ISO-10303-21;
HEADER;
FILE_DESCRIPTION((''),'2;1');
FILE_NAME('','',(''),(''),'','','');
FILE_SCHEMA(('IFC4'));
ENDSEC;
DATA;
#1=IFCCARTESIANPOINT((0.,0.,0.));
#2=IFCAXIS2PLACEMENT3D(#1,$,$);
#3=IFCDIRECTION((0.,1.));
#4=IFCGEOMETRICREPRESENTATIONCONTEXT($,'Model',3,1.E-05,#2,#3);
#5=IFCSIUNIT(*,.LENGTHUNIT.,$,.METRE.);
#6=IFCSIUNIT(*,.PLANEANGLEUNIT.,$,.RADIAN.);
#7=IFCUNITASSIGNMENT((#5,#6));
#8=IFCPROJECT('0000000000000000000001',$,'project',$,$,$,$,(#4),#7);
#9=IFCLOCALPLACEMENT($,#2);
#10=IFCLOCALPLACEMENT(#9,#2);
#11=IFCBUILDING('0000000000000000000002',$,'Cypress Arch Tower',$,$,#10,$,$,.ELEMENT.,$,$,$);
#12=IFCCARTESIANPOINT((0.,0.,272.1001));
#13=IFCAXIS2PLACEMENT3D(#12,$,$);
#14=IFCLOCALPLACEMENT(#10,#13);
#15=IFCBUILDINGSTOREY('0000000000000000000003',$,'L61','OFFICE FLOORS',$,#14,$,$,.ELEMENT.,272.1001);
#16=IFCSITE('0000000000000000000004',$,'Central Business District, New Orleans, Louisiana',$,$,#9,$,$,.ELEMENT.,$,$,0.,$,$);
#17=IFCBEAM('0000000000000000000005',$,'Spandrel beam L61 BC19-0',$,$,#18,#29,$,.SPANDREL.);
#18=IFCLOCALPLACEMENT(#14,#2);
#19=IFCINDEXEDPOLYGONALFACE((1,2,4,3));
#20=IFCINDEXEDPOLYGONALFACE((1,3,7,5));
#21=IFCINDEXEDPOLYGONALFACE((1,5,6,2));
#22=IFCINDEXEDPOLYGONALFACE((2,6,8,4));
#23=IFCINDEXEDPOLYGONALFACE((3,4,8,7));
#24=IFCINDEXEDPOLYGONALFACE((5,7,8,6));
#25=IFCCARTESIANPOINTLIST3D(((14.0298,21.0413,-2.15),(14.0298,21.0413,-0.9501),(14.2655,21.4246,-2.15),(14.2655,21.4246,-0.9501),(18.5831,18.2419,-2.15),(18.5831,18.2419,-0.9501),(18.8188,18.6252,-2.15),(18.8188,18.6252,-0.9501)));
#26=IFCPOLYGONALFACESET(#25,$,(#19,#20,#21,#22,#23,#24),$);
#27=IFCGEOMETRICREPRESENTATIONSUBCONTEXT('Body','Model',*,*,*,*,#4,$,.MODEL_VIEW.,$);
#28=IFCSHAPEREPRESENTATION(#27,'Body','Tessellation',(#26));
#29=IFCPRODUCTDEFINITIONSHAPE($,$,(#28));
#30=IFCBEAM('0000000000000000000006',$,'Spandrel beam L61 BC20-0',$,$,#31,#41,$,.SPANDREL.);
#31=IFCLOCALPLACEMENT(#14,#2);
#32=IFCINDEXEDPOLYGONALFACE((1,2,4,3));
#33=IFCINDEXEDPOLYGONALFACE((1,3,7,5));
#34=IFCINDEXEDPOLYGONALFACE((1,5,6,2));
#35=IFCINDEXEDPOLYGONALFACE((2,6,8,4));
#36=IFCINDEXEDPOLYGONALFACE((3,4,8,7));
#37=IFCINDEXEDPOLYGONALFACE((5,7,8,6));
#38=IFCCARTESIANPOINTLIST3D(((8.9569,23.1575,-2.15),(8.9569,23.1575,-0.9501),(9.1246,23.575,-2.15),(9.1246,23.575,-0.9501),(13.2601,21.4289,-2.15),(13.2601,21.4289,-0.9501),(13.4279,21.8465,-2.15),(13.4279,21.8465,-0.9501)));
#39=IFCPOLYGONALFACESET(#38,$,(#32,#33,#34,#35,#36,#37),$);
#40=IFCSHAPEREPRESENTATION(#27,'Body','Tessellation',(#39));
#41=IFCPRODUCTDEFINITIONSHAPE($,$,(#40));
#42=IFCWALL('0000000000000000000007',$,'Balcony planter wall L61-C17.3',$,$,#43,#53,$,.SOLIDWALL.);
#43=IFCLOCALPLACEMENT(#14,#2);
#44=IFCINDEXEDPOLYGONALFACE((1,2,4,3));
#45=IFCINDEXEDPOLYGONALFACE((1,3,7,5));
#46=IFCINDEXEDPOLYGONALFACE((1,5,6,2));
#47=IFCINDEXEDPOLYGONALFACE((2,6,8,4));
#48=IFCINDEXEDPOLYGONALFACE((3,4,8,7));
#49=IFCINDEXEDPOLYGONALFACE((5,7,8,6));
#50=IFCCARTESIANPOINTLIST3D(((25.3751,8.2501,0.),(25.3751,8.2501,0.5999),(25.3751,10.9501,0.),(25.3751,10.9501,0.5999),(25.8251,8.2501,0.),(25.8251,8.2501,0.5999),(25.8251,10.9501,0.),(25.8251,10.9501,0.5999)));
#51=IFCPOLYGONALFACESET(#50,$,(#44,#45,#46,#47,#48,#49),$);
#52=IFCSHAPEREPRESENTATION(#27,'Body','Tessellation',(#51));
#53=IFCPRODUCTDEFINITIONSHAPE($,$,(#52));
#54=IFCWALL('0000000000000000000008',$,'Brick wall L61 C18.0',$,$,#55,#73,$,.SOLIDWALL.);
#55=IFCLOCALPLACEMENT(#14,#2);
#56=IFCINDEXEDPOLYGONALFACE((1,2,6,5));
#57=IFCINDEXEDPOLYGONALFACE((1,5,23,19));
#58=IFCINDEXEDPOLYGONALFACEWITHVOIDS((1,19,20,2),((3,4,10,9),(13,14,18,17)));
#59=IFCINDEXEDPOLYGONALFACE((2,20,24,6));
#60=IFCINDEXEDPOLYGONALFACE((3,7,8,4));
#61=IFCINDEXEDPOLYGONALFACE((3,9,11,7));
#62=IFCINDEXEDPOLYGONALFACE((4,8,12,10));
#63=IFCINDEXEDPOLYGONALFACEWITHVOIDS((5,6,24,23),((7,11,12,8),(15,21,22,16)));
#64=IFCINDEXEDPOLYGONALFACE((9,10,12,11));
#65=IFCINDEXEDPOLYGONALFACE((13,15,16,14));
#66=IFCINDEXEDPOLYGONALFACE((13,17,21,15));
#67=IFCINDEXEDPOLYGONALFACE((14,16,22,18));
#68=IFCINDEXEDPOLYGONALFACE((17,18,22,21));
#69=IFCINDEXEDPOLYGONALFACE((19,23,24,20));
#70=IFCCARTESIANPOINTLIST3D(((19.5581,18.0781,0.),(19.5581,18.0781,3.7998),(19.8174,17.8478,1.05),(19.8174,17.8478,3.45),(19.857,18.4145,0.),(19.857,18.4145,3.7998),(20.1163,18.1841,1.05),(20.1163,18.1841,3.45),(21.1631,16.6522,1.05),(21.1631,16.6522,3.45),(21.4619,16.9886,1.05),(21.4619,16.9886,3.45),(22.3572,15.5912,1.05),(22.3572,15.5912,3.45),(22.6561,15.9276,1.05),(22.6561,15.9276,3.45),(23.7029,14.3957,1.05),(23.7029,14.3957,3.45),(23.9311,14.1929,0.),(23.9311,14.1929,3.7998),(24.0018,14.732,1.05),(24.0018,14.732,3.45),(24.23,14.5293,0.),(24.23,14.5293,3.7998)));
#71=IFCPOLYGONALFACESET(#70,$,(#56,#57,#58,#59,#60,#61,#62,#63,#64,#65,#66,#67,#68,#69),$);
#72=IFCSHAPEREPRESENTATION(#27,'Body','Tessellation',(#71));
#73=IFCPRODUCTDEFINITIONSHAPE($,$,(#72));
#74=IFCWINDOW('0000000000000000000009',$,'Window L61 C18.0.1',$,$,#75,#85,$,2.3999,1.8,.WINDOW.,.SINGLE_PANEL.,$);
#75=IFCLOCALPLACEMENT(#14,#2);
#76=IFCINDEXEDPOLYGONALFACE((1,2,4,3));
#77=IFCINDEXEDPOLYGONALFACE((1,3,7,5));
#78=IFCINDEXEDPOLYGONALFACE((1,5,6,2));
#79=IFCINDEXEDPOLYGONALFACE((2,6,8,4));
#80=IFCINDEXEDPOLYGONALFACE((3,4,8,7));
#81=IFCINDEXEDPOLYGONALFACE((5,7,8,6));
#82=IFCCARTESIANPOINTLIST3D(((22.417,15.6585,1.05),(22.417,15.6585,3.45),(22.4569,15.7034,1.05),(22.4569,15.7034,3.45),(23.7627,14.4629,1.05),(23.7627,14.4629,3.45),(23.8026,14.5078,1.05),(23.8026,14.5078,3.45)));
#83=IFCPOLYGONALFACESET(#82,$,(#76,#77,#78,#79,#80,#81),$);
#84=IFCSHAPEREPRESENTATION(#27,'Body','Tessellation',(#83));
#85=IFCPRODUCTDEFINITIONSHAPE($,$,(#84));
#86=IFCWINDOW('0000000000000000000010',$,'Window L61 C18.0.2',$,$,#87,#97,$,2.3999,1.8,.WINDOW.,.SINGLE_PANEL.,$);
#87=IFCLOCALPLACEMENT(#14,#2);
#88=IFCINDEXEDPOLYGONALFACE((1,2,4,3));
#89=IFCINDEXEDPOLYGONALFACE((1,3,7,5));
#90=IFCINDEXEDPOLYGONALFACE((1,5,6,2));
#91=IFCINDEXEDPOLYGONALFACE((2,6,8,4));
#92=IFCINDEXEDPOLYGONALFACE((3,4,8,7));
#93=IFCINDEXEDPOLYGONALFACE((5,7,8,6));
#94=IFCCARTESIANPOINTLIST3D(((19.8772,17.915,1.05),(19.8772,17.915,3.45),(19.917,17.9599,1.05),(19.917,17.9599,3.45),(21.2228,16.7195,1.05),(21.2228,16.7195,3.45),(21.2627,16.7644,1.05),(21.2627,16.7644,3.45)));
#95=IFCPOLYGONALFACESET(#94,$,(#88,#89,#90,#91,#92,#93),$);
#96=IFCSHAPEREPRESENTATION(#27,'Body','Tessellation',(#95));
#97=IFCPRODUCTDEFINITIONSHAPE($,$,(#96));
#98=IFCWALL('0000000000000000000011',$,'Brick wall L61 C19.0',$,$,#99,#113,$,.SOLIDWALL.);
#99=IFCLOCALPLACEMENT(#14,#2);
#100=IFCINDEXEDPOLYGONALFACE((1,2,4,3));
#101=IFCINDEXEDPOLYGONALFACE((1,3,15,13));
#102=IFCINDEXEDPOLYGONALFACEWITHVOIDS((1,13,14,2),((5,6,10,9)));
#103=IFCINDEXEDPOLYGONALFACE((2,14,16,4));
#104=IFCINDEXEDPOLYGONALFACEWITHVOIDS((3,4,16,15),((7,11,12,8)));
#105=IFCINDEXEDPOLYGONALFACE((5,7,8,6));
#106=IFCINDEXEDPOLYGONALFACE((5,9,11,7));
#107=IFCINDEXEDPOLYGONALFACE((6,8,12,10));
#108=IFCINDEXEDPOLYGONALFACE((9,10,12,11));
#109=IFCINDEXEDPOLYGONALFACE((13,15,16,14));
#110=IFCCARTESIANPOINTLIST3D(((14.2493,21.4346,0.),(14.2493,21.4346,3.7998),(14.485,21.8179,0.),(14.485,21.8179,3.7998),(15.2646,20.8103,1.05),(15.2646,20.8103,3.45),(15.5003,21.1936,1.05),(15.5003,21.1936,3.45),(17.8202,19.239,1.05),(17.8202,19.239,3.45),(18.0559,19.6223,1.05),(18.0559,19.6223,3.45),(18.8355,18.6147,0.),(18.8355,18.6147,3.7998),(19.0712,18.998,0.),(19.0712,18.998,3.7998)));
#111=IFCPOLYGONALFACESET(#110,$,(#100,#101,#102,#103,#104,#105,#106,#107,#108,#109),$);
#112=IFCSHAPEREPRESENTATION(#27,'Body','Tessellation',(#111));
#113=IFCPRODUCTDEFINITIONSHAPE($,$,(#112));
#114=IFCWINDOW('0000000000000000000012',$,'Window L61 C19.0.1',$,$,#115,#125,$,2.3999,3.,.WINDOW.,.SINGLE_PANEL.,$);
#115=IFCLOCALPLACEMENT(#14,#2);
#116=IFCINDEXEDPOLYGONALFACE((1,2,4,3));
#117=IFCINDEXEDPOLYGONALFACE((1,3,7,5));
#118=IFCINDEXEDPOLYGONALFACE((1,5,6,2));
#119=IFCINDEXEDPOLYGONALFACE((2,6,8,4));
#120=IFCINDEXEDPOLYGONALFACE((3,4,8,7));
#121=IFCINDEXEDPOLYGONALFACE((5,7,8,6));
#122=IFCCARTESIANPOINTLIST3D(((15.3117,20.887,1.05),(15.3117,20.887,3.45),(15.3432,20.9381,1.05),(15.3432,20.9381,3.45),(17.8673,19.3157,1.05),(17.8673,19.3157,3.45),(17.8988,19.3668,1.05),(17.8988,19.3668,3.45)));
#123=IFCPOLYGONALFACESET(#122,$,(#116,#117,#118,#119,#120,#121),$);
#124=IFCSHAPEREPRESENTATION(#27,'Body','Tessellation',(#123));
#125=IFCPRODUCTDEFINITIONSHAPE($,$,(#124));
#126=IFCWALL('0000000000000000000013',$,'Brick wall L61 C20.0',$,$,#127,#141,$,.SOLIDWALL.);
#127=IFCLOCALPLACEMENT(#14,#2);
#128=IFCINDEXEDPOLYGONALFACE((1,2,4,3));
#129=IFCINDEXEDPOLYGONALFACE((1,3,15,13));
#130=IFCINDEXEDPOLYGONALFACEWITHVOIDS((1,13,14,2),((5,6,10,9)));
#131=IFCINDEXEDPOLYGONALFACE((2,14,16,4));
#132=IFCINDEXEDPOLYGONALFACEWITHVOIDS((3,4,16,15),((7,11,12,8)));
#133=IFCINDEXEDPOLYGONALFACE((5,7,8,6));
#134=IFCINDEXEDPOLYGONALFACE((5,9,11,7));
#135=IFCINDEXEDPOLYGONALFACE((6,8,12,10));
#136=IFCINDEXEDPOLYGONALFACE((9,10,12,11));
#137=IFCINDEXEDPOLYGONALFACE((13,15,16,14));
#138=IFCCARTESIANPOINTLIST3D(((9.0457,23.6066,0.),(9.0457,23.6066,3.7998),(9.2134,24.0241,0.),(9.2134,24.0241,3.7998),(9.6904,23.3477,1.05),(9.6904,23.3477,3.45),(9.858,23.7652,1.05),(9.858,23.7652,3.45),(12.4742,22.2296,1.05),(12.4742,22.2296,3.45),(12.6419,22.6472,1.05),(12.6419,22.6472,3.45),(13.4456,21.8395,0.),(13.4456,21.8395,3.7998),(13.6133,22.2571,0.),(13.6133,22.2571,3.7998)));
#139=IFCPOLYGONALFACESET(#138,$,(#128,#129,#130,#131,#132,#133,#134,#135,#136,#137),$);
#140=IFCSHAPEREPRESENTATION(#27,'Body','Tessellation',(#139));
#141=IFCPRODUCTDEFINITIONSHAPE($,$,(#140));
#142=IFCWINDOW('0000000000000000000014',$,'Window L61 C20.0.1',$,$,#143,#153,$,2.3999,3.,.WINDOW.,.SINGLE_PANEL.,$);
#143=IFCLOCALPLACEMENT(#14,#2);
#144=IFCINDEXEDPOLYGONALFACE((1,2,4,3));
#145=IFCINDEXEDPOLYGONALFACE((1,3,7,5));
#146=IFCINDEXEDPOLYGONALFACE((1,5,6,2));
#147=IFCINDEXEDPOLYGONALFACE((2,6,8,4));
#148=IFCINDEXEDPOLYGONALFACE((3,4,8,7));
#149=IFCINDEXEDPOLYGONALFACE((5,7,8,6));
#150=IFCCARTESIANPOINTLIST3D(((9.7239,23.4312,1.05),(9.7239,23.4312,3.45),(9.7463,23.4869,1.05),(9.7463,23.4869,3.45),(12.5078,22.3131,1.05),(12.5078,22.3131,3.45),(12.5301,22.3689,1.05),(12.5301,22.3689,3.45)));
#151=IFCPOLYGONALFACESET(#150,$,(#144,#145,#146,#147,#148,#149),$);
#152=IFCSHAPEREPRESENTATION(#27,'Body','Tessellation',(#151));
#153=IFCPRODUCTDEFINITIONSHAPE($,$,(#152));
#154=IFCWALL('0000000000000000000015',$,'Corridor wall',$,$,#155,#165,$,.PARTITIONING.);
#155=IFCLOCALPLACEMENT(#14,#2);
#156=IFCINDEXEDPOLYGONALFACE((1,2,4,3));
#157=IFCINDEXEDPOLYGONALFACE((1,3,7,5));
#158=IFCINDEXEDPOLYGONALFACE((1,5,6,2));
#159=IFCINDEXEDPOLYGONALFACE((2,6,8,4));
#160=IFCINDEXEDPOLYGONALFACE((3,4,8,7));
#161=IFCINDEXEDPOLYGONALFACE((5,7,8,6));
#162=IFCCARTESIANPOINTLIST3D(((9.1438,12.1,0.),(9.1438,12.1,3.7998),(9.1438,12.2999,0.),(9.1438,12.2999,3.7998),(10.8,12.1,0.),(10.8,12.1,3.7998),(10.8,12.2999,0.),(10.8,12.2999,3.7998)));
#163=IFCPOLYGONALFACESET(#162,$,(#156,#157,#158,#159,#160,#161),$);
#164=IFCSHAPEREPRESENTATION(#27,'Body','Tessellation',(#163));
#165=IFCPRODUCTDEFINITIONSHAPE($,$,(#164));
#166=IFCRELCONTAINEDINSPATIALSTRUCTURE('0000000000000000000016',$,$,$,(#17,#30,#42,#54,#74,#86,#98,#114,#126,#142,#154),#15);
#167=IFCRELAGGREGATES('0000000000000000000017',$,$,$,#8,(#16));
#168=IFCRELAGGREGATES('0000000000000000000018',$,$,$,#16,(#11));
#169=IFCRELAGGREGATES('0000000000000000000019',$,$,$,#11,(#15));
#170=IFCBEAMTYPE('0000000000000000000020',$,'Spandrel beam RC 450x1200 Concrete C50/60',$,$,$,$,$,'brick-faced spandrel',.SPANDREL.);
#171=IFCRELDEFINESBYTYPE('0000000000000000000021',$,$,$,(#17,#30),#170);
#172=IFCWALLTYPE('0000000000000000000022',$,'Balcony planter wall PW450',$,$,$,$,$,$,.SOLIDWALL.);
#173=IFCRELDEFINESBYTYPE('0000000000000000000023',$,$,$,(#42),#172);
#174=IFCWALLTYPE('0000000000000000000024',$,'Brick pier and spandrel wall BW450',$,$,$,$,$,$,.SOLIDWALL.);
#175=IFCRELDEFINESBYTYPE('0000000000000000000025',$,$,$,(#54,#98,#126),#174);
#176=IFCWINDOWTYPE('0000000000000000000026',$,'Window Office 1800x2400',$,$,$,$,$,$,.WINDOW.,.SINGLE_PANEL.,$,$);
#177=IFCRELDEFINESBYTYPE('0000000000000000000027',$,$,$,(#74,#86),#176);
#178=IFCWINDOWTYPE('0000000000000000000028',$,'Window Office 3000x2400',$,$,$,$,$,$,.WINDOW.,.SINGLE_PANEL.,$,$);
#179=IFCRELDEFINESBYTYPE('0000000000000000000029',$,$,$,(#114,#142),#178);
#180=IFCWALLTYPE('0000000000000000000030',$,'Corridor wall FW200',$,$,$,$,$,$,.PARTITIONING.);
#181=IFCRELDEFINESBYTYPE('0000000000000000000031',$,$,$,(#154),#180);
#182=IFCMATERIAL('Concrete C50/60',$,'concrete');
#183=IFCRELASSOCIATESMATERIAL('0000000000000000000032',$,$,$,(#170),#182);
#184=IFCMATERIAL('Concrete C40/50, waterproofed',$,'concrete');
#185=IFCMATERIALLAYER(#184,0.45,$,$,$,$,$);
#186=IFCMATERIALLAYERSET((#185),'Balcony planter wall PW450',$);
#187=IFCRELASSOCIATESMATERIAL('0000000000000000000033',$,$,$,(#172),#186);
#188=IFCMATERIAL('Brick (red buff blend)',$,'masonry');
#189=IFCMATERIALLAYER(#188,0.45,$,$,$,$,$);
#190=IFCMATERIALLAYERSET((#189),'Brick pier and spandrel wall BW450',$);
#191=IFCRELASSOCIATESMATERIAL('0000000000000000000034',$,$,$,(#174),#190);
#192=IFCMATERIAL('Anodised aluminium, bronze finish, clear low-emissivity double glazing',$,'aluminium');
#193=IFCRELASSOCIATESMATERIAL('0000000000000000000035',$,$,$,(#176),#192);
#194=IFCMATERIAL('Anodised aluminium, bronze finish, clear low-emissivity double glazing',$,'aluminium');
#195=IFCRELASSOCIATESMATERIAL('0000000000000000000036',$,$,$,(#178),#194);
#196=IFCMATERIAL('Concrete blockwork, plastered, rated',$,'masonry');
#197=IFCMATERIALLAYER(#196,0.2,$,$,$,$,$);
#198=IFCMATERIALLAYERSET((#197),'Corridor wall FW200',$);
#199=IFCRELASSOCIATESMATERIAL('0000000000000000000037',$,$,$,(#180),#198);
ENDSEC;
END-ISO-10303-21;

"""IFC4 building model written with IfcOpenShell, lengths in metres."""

from ifc_helpers import new_model, si_unit, direction, frame, frame_2d, origin, origin_2d, place, context, subcontext, project, spatial, rectangle, extrude, material, layer, layer_set, material_profile, profile_set, type_object, element, fill, save


model = new_model("IFC4")

# Units and contexts
model_context = context("Model", 3, precision=1e-05, world=origin(), true_north=direction((0.0, 1.0)))
body_context = subcontext(model_context, "Body", "Model", "MODEL_VIEW")
ifc_project = project(units=[si_unit("LENGTHUNIT", "METRE"), si_unit("PLANEANGLEUNIT", "RADIAN")], contexts=[model_context])

# Site, building, storey
site_placement = place(None, origin())
site = spatial("IfcSite", under=ifc_project, at=site_placement, Name="Central Business District, New Orleans, Louisiana", CompositionType="ELEMENT", RefElevation=0.0)
building_placement = place(site_placement, origin())
building = spatial("IfcBuilding", under=site, at=building_placement, Name="Cypress Arch Tower", CompositionType="ELEMENT")
storey_placement = place(building_placement, frame((0.0, 0.0, 272.1001)))
storey = spatial("IfcBuildingStorey", under=building, at=storey_placement, Name="L61", Description="OFFICE FLOORS", CompositionType="ELEMENT", Elevation=272.1001)

# Beams
ifc_material_1 = material(Name="Concrete C50/60", Category="concrete")
ifc_material_profile_1 = material_profile(ifc_material_1, rectangle(XDim=0.45, YDim=1.2, at=origin_2d()), Name="RC 450x1200")
ifc_profile_set_1 = profile_set([ifc_material_profile_1], Name="Concrete C50/60")
beam_type_1 = type_object("IfcBeamType", Name="Spandrel beam RC 450x1200 Concrete C50/60", ElementType="brick-faced spandrel", PredefinedType="SPANDREL", material=ifc_profile_set_1)
beam_1_placement = place(storey_placement, frame((18.7009, 18.4336, -1.55), z_axis=(-0.851881, 0.523735, 0.0), x_axis=(-0.523735, -0.851881, 0.0)))
element("IfcBeam", 1, at=beam_1_placement, inside=storey, type_object=beam_type_1, Name="Spandrel beam L61 BC19-0", PredefinedType="SPANDREL", context=body_context, shape_type="SweptSolid", body=[
    extrude(rectangle(XDim=0.45, YDim=1.2, at=origin_2d()), origin(), (0.0, 0.0, 1.0), 5.345),
])
beam_2_placement = place(storey_placement, frame((13.344, 21.6377, -1.55), z_axis=(-0.927938, 0.372734, 0.0), x_axis=(-0.372734, -0.927938, 0.0)))
element("IfcBeam", 2, at=beam_2_placement, inside=storey, type_object=beam_type_1, Name="Spandrel beam L61 BC20-0", PredefinedType="SPANDREL", context=body_context, shape_type="SweptSolid", body=[
    extrude(rectangle(XDim=0.45, YDim=1.2, at=origin_2d()), origin(), (0.0, 0.0, 1.0), 4.6375),
])

# Wall
ifc_material_2 = material(Name="Concrete C40/50, waterproofed", Category="concrete")
ifc_layer_1 = layer(ifc_material_2, 0.45)
ifc_layer_set_1 = layer_set([ifc_layer_1], Name="Balcony planter wall PW450")
wall_type_1 = type_object("IfcWallType", Name="Balcony planter wall PW450", PredefinedType="SOLIDWALL", material=ifc_layer_set_1)
wall_1_placement = place(storey_placement, frame((25.6001, 8.25, 0.0), z_axis=(0.0, 0.0, 1.0), x_axis=(0.0, 1.0, 0.0)))
element("IfcWall", 3, at=wall_1_placement, inside=storey, type_object=wall_type_1, Name="Balcony planter wall L61-C17.3", PredefinedType="SOLIDWALL", context=body_context, shape_type="SweptSolid", body=[
    extrude(rectangle(XDim=2.7, YDim=0.45, at=frame_2d((1.3501, 0.0))), origin(), (0.0, 0.0, 1.0), 0.5999),
])

# Wall, openings, windows
ifc_material_3 = material(Name="Brick (red buff blend)", Category="masonry")
ifc_layer_2 = layer(ifc_material_3, 0.45)
ifc_layer_set_2 = layer_set([ifc_layer_2], Name="Brick pier and spandrel wall BW450")
wall_type_2 = type_object("IfcWallType", Name="Brick pier and spandrel wall BW450", PredefinedType="SOLIDWALL", material=ifc_layer_set_2)
wall_2_placement = place(storey_placement, frame((24.0806, 14.3611, 0.0), z_axis=(0.0, 0.0, 1.0), x_axis=(-0.74757, 0.664182, 0.0)))
wall_2 = element("IfcWall", 4, at=wall_2_placement, inside=storey, type_object=wall_type_2, Name="Brick wall L61 C18.0", PredefinedType="SOLIDWALL", context=body_context, shape_type="SweptSolid", body=[
    extrude(rectangle(XDim=5.8496, YDim=0.45, at=frame_2d((2.9248, 0.0))), origin(), (0.0, 0.0, 1.0), 3.7998),
])
opening_1_placement = place(wall_2_placement, frame((0.3054, 0.0, 1.05)))
opening_1 = element("IfcOpeningElement", 5, at=opening_1_placement, cuts=wall_2, PredefinedType="OPENING", context=body_context, shape_type="SweptSolid", body=[
    extrude(rectangle(XDim=1.8, YDim=2.3999, at=frame_2d((0.8999, 1.2))), frame((0.0, 0.2349, 0.0), z_axis=(0.0, -1.0, 0.0), x_axis=(1.0, 0.0, 0.0)), (0.0, 0.0, 1.0), 0.47),
])
opening_2_placement = place(wall_2_placement, frame((3.7029, 0.0, 1.05)))
opening_2 = element("IfcOpeningElement", 6, at=opening_2_placement, cuts=wall_2, PredefinedType="OPENING", context=body_context, shape_type="SweptSolid", body=[
    extrude(rectangle(XDim=1.8, YDim=2.3999, at=frame_2d((0.8999, 1.2))), frame((0.0, 0.2349, 0.0), z_axis=(0.0, -1.0, 0.0), x_axis=(1.0, 0.0, 0.0)), (0.0, 0.0, 1.0), 0.47),
])
ifc_material_4 = material(Name="Anodised aluminium, bronze finish, clear low-emissivity double glazing", Category="aluminium")
window_type_1 = type_object("IfcWindowType", Name="Window Office 1800x2400", PartitioningType="SINGLE_PANEL", PredefinedType="WINDOW", material=ifc_material_4)
window_1_placement = place(opening_1_placement, origin())
window_1 = element("IfcWindow", 7, at=window_1_placement, inside=storey, type_object=window_type_1, Name="Window L61 C18.0.1", OverallHeight=2.3999, OverallWidth=1.8, PartitioningType="SINGLE_PANEL", PredefinedType="WINDOW", context=body_context, shape_type="SweptSolid", body=[
    extrude(rectangle(XDim=1.8, YDim=2.3999, at=frame_2d((0.8999, 1.2))), frame((0.0, 0.135, 0.0), z_axis=(0.0, -1.0, 0.0), x_axis=(1.0, 0.0, 0.0)), (0.0, 0.0, 1.0), 0.0601),
])
fill(opening_1, window_1)
window_2_placement = place(opening_2_placement, origin())
window_2 = element("IfcWindow", 8, at=window_2_placement, inside=storey, type_object=window_type_1, Name="Window L61 C18.0.2", OverallHeight=2.3999, OverallWidth=1.8, PartitioningType="SINGLE_PANEL", PredefinedType="WINDOW", context=body_context, shape_type="SweptSolid", body=[
    extrude(rectangle(XDim=1.8, YDim=2.3999, at=frame_2d((0.8999, 1.2))), frame((0.0, 0.135, 0.0), z_axis=(0.0, -1.0, 0.0), x_axis=(1.0, 0.0, 0.0)), (0.0, 0.0, 1.0), 0.0601),
])
fill(opening_2, window_2)

# Walls, openings, windows
wall_3_placement = place(storey_placement, frame((18.9534, 18.8064, 0.0), z_axis=(0.0, 0.0, 1.0), x_axis=(-0.851861, 0.523768, 0.0)))
wall_3 = element("IfcWall", 9, at=wall_3_placement, inside=storey, type_object=wall_type_2, Name="Brick wall L61 C19.0", PredefinedType="SOLIDWALL", context=body_context, shape_type="SweptSolid", body=[
    extrude(rectangle(XDim=5.3838, YDim=0.45, at=frame_2d((2.6919, 0.0))), origin(), (0.0, 0.0, 1.0), 3.7998),
])
opening_3_placement = place(wall_3_placement, frame((1.1919, 0.0, 1.05)))
opening_3 = element("IfcOpeningElement", 10, at=opening_3_placement, cuts=wall_3, PredefinedType="OPENING", context=body_context, shape_type="SweptSolid", body=[
    extrude(rectangle(XDim=3.0, YDim=2.3999, at=frame_2d((1.5, 1.2))), frame((0.0, 0.2349, 0.0), z_axis=(0.0, -1.0, 0.0), x_axis=(1.0, 0.0, 0.0)), (0.0, 0.0, 1.0), 0.47),
])
ifc_material_5 = material(Name="Anodised aluminium, bronze finish, clear low-emissivity double glazing", Category="aluminium")
window_type_2 = type_object("IfcWindowType", Name="Window Office 3000x2400", PartitioningType="SINGLE_PANEL", PredefinedType="WINDOW", material=ifc_material_5)
window_3_placement = place(opening_3_placement, origin())
window_3 = element("IfcWindow", 11, at=window_3_placement, inside=storey, type_object=window_type_2, Name="Window L61 C19.0.1", OverallHeight=2.3999, OverallWidth=3.0, PartitioningType="SINGLE_PANEL", PredefinedType="WINDOW", context=body_context, shape_type="SweptSolid", body=[
    extrude(rectangle(XDim=3.0, YDim=2.3999, at=frame_2d((1.5, 1.2))), frame((0.0, 0.135, 0.0), z_axis=(0.0, -1.0, 0.0), x_axis=(1.0, 0.0, 0.0)), (0.0, 0.0, 1.0), 0.0601),
])
fill(opening_3, window_3)
wall_4_placement = place(storey_placement, frame((13.5293, 22.0483, 0.0), z_axis=(0.0, 0.0, 1.0), x_axis=(-0.927957, 0.372686, 0.0)))
wall_4 = element("IfcWall", 12, at=wall_4_placement, inside=storey, type_object=wall_type_2, Name="Brick wall L61 C20.0", PredefinedType="SOLIDWALL", context=body_context, shape_type="SweptSolid", body=[
    extrude(rectangle(XDim=4.7415, YDim=0.45, at=frame_2d((2.3706, 0.0))), origin(), (0.0, 0.0, 1.0), 3.7998),
])
opening_4_placement = place(wall_4_placement, frame((1.0466, 0.0, 1.05)))
opening_4 = element("IfcOpeningElement", 13, at=opening_4_placement, cuts=wall_4, PredefinedType="OPENING", context=body_context, shape_type="SweptSolid", body=[
    extrude(rectangle(XDim=3.0, YDim=2.3999, at=frame_2d((1.5, 1.2))), frame((0.0, 0.2349, 0.0), z_axis=(0.0, -1.0, 0.0), x_axis=(1.0, 0.0, 0.0)), (0.0, 0.0, 1.0), 0.47),
])
window_4_placement = place(opening_4_placement, origin())
window_4 = element("IfcWindow", 14, at=window_4_placement, inside=storey, type_object=window_type_2, Name="Window L61 C20.0.1", OverallHeight=2.3999, OverallWidth=3.0, PartitioningType="SINGLE_PANEL", PredefinedType="WINDOW", context=body_context, shape_type="SweptSolid", body=[
    extrude(rectangle(XDim=3.0, YDim=2.3999, at=frame_2d((1.5, 1.2))), frame((0.0, 0.135, 0.0), z_axis=(0.0, -1.0, 0.0), x_axis=(1.0, 0.0, 0.0)), (0.0, 0.0, 1.0), 0.0601),
])
fill(opening_4, window_4)

# Wall
ifc_material_6 = material(Name="Concrete blockwork, plastered, rated", Category="masonry")
ifc_layer_3 = layer(ifc_material_6, 0.2)
ifc_layer_set_3 = layer_set([ifc_layer_3], Name="Corridor wall FW200")
wall_type_3 = type_object("IfcWallType", Name="Corridor wall FW200", PredefinedType="PARTITIONING", material=ifc_layer_set_3)
wall_5_placement = place(storey_placement, frame((9.1438, 12.2, 0.0), z_axis=(0.0, 0.0, 1.0), x_axis=(1.0, 0.0, 0.0)))
element("IfcWall", 15, at=wall_5_placement, inside=storey, type_object=wall_type_3, Name="Corridor wall", PredefinedType="PARTITIONING", context=body_context, shape_type="SweptSolid", body=[
    extrude(rectangle(XDim=1.6562, YDim=0.2, at=frame_2d((0.8281, 0.0))), origin(), (0.0, 0.0, 1.0), 3.7998),
])

save(model, "model.ifc")
